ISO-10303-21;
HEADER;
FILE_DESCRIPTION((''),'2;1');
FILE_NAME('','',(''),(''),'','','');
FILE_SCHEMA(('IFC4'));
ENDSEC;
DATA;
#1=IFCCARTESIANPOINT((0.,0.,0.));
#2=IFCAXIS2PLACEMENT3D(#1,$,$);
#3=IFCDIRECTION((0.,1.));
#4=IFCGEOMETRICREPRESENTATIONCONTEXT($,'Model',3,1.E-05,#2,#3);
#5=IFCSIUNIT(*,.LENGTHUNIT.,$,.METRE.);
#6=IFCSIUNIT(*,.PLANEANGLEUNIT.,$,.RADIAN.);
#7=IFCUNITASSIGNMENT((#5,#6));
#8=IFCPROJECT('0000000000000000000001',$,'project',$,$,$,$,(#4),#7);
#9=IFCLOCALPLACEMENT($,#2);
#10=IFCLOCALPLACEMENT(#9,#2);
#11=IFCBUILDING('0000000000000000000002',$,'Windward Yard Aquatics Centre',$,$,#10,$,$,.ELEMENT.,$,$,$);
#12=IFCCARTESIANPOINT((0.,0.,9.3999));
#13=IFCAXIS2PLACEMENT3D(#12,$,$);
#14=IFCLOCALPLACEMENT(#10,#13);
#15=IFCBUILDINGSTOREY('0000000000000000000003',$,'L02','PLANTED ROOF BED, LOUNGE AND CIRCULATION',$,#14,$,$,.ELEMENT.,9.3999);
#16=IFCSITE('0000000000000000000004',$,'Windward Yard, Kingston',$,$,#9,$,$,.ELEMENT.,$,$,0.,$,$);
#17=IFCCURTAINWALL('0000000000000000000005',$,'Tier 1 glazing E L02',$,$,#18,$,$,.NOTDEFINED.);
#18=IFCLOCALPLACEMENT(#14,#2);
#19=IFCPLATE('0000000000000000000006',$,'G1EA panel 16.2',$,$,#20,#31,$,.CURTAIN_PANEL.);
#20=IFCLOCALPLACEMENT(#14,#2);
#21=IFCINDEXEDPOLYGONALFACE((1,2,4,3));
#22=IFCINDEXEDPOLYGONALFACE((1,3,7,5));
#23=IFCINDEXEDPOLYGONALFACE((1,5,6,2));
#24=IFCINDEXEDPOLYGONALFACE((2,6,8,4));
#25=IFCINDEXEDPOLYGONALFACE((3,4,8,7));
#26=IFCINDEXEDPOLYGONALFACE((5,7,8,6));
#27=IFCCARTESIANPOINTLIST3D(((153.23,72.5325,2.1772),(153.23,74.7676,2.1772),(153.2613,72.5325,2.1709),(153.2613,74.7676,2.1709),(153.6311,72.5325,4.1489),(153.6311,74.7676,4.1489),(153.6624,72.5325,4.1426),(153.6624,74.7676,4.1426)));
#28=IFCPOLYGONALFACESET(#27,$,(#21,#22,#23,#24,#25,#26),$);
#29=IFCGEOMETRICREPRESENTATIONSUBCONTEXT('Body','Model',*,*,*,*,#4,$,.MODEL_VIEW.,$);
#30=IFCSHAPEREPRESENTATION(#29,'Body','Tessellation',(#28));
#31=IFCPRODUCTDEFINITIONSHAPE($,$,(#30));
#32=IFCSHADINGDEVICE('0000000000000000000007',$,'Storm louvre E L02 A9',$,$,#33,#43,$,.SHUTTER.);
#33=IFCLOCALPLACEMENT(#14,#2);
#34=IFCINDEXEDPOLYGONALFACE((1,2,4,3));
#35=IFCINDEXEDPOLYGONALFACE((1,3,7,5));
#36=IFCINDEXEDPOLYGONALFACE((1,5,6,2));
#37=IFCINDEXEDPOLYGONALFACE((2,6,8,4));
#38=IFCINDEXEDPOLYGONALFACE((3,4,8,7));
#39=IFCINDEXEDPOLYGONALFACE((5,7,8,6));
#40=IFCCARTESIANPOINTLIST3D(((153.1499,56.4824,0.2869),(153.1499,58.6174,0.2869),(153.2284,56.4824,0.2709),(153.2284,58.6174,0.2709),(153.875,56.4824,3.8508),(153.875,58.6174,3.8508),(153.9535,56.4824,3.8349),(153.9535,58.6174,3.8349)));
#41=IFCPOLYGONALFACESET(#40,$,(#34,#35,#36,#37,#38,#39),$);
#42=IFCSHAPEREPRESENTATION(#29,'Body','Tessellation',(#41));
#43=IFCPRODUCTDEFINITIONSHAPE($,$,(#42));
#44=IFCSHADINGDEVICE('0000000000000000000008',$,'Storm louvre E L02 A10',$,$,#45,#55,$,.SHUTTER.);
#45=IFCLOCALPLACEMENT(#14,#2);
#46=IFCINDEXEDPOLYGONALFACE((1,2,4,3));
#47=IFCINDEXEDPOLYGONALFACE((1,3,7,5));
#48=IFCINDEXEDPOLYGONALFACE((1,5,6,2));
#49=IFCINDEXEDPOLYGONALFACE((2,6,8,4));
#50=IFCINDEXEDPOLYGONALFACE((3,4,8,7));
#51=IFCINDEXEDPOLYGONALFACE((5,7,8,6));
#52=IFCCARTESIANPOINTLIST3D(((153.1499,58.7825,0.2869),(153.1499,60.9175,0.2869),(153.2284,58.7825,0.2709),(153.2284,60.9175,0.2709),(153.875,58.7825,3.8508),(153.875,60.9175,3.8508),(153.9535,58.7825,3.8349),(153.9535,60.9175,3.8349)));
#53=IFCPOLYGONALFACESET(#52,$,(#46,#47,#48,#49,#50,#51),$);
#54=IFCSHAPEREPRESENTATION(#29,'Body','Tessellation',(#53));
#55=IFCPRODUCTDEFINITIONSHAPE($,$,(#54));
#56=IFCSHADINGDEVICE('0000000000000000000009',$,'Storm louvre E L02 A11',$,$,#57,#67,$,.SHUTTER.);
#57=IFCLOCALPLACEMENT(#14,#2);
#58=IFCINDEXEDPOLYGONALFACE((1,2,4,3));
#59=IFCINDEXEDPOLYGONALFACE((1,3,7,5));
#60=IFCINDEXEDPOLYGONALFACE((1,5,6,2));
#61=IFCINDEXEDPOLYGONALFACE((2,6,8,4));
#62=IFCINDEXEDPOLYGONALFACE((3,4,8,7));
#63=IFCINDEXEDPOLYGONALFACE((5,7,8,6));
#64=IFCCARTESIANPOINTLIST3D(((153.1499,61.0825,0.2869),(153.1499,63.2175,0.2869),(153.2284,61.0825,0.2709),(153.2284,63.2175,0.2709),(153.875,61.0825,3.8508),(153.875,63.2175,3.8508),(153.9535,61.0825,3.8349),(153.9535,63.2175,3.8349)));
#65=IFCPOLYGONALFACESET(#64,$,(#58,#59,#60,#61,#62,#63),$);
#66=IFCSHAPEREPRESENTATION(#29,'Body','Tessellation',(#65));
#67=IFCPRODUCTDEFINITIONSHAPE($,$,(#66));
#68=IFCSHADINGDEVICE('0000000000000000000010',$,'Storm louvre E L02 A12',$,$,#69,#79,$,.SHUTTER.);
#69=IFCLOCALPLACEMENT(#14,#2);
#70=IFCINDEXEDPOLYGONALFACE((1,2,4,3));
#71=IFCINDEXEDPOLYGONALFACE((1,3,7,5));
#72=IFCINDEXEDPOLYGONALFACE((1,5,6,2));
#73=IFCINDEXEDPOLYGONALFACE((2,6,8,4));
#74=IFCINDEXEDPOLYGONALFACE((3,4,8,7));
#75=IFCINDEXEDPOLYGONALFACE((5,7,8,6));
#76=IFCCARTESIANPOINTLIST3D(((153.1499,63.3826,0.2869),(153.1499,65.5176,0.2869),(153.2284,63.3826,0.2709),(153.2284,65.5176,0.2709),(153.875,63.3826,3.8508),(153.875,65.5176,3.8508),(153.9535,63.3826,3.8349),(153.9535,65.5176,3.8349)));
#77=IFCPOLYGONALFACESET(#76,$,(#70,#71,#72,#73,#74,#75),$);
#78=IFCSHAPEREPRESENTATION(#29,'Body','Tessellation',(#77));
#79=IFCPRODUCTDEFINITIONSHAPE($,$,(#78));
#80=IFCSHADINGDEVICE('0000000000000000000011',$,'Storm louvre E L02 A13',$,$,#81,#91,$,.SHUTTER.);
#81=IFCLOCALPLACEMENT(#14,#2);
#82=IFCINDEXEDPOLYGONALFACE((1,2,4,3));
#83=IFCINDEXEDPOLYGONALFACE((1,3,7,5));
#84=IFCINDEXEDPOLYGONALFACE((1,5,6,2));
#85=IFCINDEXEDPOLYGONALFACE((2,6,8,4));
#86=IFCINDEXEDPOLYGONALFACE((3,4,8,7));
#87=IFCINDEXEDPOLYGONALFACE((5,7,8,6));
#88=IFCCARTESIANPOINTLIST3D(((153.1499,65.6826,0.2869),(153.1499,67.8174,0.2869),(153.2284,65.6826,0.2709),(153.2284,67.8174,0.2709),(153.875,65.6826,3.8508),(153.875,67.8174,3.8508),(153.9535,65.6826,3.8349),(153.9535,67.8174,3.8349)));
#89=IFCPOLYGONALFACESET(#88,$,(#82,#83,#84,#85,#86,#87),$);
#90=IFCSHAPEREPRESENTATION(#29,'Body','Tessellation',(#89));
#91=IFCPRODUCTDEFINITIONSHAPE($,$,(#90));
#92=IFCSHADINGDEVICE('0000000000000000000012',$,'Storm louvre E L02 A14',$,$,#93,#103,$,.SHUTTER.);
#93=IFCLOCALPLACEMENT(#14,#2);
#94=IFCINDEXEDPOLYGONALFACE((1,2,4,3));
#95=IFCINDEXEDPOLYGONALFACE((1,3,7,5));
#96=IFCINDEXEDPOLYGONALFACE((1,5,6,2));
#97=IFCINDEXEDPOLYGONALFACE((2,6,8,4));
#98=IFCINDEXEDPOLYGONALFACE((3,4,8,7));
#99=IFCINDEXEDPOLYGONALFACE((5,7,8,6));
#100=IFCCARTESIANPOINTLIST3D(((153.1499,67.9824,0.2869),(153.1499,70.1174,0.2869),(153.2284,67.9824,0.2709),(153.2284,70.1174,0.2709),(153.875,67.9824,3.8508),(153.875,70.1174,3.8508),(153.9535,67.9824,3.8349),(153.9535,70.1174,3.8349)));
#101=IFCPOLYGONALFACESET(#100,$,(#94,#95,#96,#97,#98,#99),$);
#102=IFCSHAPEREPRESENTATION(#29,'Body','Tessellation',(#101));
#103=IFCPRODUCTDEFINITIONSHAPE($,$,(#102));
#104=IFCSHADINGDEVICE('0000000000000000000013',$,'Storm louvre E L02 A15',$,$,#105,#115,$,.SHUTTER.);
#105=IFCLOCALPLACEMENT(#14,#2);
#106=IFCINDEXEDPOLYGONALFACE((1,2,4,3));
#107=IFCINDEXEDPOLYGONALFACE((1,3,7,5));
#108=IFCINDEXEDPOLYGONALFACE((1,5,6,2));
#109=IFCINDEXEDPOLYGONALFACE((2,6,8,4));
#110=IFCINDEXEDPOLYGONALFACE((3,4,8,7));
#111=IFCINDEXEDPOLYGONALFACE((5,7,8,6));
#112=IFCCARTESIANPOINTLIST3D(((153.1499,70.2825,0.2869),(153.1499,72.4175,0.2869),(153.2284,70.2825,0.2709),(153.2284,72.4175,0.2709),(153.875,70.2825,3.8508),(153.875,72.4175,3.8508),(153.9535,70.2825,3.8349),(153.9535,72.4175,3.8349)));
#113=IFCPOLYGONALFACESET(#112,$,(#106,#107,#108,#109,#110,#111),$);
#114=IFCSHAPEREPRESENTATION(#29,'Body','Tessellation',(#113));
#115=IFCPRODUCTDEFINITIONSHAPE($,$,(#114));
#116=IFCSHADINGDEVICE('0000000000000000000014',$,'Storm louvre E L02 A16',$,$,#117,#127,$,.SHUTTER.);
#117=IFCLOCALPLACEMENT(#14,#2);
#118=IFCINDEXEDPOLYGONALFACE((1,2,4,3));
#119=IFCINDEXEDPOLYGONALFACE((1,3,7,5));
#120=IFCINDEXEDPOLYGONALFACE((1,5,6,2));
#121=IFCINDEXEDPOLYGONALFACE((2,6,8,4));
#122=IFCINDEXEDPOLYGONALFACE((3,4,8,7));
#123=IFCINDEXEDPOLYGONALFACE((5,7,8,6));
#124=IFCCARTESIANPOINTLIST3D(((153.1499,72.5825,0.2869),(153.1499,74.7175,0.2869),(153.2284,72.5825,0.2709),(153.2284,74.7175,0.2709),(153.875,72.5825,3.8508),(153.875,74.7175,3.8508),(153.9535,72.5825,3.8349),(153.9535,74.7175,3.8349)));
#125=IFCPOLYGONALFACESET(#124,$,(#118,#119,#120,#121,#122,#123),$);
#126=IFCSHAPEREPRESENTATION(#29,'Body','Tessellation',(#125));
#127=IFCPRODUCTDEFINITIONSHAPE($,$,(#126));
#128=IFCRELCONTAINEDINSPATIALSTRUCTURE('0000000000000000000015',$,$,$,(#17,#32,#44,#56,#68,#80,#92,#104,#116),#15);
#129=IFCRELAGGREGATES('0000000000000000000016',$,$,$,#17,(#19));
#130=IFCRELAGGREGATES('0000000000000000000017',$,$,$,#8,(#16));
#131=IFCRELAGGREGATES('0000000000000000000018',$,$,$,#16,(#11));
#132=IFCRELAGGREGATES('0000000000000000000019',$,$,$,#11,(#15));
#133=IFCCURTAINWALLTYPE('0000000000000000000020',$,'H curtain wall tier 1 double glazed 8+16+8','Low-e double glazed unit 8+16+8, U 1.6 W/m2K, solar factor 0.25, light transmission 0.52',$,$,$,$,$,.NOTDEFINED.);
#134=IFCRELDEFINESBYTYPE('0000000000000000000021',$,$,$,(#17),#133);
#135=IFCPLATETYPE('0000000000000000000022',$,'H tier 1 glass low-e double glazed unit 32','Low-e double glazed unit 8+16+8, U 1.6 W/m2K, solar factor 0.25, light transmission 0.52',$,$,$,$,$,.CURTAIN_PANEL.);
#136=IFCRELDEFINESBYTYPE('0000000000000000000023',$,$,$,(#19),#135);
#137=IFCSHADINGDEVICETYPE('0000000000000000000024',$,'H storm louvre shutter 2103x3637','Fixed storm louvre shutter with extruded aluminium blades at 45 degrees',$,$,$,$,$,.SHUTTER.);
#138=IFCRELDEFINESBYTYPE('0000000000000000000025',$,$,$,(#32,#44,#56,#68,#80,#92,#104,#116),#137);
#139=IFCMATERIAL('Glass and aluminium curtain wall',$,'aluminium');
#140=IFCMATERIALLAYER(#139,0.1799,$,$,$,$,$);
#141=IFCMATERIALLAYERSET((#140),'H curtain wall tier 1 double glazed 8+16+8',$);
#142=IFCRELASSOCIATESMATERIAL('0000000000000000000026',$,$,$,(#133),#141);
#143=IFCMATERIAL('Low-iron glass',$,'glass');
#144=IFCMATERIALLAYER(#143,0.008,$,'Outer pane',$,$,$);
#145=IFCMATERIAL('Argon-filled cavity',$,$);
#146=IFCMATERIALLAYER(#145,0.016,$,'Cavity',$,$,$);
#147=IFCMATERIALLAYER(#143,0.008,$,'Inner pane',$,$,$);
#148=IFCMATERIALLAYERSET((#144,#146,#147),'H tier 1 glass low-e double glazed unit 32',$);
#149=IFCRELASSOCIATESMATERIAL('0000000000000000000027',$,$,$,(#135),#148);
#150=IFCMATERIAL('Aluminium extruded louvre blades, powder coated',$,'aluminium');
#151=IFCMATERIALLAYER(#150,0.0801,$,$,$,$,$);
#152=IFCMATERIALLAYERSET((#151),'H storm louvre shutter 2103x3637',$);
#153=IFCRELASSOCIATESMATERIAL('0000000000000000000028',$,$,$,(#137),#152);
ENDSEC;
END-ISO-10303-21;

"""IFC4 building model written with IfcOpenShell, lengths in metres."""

from ifc_helpers import new_model, si_unit, direction, frame, origin, place, context, subcontext, project, spatial, polyline, outline, extrude, material, layer, layer_set, type_object, element, aggregate, save


model = new_model("IFC4")

# Units and contexts
model_context = context("Model", 3, precision=1e-05, world=origin(), true_north=direction((0.0, 1.0)))
body_context = subcontext(model_context, "Body", "Model", "MODEL_VIEW")
ifc_project = project(units=[si_unit("LENGTHUNIT", "METRE"), si_unit("PLANEANGLEUNIT", "RADIAN")], contexts=[model_context])

# Site, building, storey
site_placement = place(None, origin())
site = spatial("IfcSite", under=ifc_project, at=site_placement, Name="Windward Yard, Kingston", CompositionType="ELEMENT", RefElevation=0.0)
building_placement = place(site_placement, origin())
building = spatial("IfcBuilding", under=site, at=building_placement, Name="Windward Yard Aquatics Centre", CompositionType="ELEMENT")
storey_placement = place(building_placement, frame((0.0, 0.0, 9.3999)))
storey = spatial("IfcBuildingStorey", under=building, at=storey_placement, Name="L02", Description="PLANTED ROOF BED, LOUNGE AND CIRCULATION", CompositionType="ELEMENT", Elevation=9.3999)

# Curtain wall, plate
ifc_material_1 = material(Name="Glass and aluminium curtain wall", Category="aluminium")
ifc_layer_1 = layer(ifc_material_1, 0.1799)
ifc_layer_set_1 = layer_set([ifc_layer_1], Name="H curtain wall tier 1 double glazed 8+16+8")
curtain_wall_type = type_object("IfcCurtainWallType", Name="H curtain wall tier 1 double glazed 8+16+8", Description="Low-e double glazed unit 8+16+8, U 1.6 W/m2K, solar factor 0.25, light transmission 0.52", PredefinedType="NOTDEFINED", material=ifc_layer_set_1)
curtain_wall_placement = place(storey_placement, origin())
curtain_wall = element("IfcCurtainWall", 1, at=curtain_wall_placement, inside=storey, type_object=curtain_wall_type, Name="Tier 1 glazing E L02", PredefinedType="NOTDEFINED")
ifc_material_2 = material(Name="Low-iron glass", Category="glass")
ifc_layer_2 = layer(ifc_material_2, 0.008, Name="Outer pane")
ifc_material_3 = material(Name="Argon-filled cavity")
ifc_layer_3 = layer(ifc_material_3, 0.016, Name="Cavity")
ifc_layer_4 = layer(ifc_material_2, 0.008, Name="Inner pane")
ifc_layer_set_2 = layer_set([ifc_layer_2, ifc_layer_3, ifc_layer_4], Name="H tier 1 glass low-e double glazed unit 32")
plate_type = type_object("IfcPlateType", Name="H tier 1 glass low-e double glazed unit 32", Description="Low-e double glazed unit 8+16+8, U 1.6 W/m2K, solar factor 0.25, light transmission 0.52", PredefinedType="CURTAIN_PANEL", material=ifc_layer_set_2)
plate_1_placement = place(storey_placement, frame((153.23, 72.5325, 2.1772), z_axis=(-0.979927, 0.0, 0.199359), x_axis=(0.0, 1.0, 0.0)))
plate_1 = element("IfcPlate", 2, at=plate_1_placement, type_object=plate_type, Name="G1EA panel 16.2", PredefinedType="CURTAIN_PANEL", context=body_context, shape_type="SweptSolid", body=[
    extrude(outline(polyline([(0.0, 0.0), (2.2351, 0.0), (2.2351, -2.0121), (0.0, -2.0121), (0.0, 0.0)])), origin(), (0.0, 0.0, -1.0), 0.032),
])
aggregate(curtain_wall, [plate_1])

# Shading devices
ifc_material_4 = material(Name="Aluminium extruded louvre blades, powder coated", Category="aluminium")
ifc_layer_5 = layer(ifc_material_4, 0.0801)
ifc_layer_set_3 = layer_set([ifc_layer_5], Name="H storm louvre shutter 2103x3637")
shading_device_type = type_object("IfcShadingDeviceType", Name="H storm louvre shutter 2103x3637", Description="Fixed storm louvre shutter with extruded aluminium blades at 45 degrees", PredefinedType="SHUTTER", material=ifc_layer_set_3)
for number, where, z_axis, x_axis, name in (
    (3, (153.1499, 56.4824, 0.2869), (-0.979925, 0.0, 0.199368), (0.0, 1.0, 0.0), "Storm louvre E L02 A9"),
    (4, (153.1499, 58.7825, 0.2869), (-0.979925, 0.0, 0.199368), (0.0, 1.0, 0.0), "Storm louvre E L02 A10"),
    (5, (153.1499, 61.0825, 0.2869), (-0.979925, 0.0, 0.199368), (0.0, 1.0, 0.0), "Storm louvre E L02 A11"),
    (6, (153.1499, 63.3826, 0.2869), (-0.979925, 0.0, 0.199368), (0.0, 1.0, 0.0), "Storm louvre E L02 A12"),
):
    element("IfcShadingDevice", number, at=place(storey_placement, frame(where, z_axis=z_axis, x_axis=x_axis)), inside=storey, type_object=shading_device_type, Name=name, PredefinedType="SHUTTER", context=body_context, shape_type="SweptSolid", body=[
        extrude(outline(polyline([(0.0, 0.0), (2.135, 0.0), (2.135, -3.637), (0.0, -3.637), (0.0, 0.0)])), origin(), (0.0, 0.0, -1.0), 0.0801),
    ])
shading_device_placement = place(storey_placement, frame((153.1499, 65.6826, 0.2869), z_axis=(-0.979925, 0.0, 0.199368), x_axis=(0.0, 1.0, 0.0)))
element("IfcShadingDevice", 7, at=shading_device_placement, inside=storey, type_object=shading_device_type, Name="Storm louvre E L02 A13", PredefinedType="SHUTTER", context=body_context, shape_type="SweptSolid", body=[
    extrude(outline(polyline([(0.0, 0.0), (2.1348, 0.0), (2.1348, -3.637), (0.0, -3.637), (0.0, 0.0)])), origin(), (0.0, 0.0, -1.0), 0.0801),
])
for number, where, z_axis, x_axis, name in (
    (8, (153.1499, 67.9824, 0.2869), (-0.979925, 0.0, 0.199368), (0.0, 1.0, 0.0), "Storm louvre E L02 A14"),
    (9, (153.1499, 70.2825, 0.2869), (-0.979925, 0.0, 0.199368), (0.0, 1.0, 0.0), "Storm louvre E L02 A15"),
    (10, (153.1499, 72.5825, 0.2869), (-0.979925, 0.0, 0.199368), (0.0, 1.0, 0.0), "Storm louvre E L02 A16"),
):
    element("IfcShadingDevice", number, at=place(storey_placement, frame(where, z_axis=z_axis, x_axis=x_axis)), inside=storey, type_object=shading_device_type, Name=name, PredefinedType="SHUTTER", context=body_context, shape_type="SweptSolid", body=[
        extrude(outline(polyline([(0.0, 0.0), (2.135, 0.0), (2.135, -3.637), (0.0, -3.637), (0.0, 0.0)])), origin(), (0.0, 0.0, -1.0), 0.0801),
    ])

save(model, "model.ifc")
